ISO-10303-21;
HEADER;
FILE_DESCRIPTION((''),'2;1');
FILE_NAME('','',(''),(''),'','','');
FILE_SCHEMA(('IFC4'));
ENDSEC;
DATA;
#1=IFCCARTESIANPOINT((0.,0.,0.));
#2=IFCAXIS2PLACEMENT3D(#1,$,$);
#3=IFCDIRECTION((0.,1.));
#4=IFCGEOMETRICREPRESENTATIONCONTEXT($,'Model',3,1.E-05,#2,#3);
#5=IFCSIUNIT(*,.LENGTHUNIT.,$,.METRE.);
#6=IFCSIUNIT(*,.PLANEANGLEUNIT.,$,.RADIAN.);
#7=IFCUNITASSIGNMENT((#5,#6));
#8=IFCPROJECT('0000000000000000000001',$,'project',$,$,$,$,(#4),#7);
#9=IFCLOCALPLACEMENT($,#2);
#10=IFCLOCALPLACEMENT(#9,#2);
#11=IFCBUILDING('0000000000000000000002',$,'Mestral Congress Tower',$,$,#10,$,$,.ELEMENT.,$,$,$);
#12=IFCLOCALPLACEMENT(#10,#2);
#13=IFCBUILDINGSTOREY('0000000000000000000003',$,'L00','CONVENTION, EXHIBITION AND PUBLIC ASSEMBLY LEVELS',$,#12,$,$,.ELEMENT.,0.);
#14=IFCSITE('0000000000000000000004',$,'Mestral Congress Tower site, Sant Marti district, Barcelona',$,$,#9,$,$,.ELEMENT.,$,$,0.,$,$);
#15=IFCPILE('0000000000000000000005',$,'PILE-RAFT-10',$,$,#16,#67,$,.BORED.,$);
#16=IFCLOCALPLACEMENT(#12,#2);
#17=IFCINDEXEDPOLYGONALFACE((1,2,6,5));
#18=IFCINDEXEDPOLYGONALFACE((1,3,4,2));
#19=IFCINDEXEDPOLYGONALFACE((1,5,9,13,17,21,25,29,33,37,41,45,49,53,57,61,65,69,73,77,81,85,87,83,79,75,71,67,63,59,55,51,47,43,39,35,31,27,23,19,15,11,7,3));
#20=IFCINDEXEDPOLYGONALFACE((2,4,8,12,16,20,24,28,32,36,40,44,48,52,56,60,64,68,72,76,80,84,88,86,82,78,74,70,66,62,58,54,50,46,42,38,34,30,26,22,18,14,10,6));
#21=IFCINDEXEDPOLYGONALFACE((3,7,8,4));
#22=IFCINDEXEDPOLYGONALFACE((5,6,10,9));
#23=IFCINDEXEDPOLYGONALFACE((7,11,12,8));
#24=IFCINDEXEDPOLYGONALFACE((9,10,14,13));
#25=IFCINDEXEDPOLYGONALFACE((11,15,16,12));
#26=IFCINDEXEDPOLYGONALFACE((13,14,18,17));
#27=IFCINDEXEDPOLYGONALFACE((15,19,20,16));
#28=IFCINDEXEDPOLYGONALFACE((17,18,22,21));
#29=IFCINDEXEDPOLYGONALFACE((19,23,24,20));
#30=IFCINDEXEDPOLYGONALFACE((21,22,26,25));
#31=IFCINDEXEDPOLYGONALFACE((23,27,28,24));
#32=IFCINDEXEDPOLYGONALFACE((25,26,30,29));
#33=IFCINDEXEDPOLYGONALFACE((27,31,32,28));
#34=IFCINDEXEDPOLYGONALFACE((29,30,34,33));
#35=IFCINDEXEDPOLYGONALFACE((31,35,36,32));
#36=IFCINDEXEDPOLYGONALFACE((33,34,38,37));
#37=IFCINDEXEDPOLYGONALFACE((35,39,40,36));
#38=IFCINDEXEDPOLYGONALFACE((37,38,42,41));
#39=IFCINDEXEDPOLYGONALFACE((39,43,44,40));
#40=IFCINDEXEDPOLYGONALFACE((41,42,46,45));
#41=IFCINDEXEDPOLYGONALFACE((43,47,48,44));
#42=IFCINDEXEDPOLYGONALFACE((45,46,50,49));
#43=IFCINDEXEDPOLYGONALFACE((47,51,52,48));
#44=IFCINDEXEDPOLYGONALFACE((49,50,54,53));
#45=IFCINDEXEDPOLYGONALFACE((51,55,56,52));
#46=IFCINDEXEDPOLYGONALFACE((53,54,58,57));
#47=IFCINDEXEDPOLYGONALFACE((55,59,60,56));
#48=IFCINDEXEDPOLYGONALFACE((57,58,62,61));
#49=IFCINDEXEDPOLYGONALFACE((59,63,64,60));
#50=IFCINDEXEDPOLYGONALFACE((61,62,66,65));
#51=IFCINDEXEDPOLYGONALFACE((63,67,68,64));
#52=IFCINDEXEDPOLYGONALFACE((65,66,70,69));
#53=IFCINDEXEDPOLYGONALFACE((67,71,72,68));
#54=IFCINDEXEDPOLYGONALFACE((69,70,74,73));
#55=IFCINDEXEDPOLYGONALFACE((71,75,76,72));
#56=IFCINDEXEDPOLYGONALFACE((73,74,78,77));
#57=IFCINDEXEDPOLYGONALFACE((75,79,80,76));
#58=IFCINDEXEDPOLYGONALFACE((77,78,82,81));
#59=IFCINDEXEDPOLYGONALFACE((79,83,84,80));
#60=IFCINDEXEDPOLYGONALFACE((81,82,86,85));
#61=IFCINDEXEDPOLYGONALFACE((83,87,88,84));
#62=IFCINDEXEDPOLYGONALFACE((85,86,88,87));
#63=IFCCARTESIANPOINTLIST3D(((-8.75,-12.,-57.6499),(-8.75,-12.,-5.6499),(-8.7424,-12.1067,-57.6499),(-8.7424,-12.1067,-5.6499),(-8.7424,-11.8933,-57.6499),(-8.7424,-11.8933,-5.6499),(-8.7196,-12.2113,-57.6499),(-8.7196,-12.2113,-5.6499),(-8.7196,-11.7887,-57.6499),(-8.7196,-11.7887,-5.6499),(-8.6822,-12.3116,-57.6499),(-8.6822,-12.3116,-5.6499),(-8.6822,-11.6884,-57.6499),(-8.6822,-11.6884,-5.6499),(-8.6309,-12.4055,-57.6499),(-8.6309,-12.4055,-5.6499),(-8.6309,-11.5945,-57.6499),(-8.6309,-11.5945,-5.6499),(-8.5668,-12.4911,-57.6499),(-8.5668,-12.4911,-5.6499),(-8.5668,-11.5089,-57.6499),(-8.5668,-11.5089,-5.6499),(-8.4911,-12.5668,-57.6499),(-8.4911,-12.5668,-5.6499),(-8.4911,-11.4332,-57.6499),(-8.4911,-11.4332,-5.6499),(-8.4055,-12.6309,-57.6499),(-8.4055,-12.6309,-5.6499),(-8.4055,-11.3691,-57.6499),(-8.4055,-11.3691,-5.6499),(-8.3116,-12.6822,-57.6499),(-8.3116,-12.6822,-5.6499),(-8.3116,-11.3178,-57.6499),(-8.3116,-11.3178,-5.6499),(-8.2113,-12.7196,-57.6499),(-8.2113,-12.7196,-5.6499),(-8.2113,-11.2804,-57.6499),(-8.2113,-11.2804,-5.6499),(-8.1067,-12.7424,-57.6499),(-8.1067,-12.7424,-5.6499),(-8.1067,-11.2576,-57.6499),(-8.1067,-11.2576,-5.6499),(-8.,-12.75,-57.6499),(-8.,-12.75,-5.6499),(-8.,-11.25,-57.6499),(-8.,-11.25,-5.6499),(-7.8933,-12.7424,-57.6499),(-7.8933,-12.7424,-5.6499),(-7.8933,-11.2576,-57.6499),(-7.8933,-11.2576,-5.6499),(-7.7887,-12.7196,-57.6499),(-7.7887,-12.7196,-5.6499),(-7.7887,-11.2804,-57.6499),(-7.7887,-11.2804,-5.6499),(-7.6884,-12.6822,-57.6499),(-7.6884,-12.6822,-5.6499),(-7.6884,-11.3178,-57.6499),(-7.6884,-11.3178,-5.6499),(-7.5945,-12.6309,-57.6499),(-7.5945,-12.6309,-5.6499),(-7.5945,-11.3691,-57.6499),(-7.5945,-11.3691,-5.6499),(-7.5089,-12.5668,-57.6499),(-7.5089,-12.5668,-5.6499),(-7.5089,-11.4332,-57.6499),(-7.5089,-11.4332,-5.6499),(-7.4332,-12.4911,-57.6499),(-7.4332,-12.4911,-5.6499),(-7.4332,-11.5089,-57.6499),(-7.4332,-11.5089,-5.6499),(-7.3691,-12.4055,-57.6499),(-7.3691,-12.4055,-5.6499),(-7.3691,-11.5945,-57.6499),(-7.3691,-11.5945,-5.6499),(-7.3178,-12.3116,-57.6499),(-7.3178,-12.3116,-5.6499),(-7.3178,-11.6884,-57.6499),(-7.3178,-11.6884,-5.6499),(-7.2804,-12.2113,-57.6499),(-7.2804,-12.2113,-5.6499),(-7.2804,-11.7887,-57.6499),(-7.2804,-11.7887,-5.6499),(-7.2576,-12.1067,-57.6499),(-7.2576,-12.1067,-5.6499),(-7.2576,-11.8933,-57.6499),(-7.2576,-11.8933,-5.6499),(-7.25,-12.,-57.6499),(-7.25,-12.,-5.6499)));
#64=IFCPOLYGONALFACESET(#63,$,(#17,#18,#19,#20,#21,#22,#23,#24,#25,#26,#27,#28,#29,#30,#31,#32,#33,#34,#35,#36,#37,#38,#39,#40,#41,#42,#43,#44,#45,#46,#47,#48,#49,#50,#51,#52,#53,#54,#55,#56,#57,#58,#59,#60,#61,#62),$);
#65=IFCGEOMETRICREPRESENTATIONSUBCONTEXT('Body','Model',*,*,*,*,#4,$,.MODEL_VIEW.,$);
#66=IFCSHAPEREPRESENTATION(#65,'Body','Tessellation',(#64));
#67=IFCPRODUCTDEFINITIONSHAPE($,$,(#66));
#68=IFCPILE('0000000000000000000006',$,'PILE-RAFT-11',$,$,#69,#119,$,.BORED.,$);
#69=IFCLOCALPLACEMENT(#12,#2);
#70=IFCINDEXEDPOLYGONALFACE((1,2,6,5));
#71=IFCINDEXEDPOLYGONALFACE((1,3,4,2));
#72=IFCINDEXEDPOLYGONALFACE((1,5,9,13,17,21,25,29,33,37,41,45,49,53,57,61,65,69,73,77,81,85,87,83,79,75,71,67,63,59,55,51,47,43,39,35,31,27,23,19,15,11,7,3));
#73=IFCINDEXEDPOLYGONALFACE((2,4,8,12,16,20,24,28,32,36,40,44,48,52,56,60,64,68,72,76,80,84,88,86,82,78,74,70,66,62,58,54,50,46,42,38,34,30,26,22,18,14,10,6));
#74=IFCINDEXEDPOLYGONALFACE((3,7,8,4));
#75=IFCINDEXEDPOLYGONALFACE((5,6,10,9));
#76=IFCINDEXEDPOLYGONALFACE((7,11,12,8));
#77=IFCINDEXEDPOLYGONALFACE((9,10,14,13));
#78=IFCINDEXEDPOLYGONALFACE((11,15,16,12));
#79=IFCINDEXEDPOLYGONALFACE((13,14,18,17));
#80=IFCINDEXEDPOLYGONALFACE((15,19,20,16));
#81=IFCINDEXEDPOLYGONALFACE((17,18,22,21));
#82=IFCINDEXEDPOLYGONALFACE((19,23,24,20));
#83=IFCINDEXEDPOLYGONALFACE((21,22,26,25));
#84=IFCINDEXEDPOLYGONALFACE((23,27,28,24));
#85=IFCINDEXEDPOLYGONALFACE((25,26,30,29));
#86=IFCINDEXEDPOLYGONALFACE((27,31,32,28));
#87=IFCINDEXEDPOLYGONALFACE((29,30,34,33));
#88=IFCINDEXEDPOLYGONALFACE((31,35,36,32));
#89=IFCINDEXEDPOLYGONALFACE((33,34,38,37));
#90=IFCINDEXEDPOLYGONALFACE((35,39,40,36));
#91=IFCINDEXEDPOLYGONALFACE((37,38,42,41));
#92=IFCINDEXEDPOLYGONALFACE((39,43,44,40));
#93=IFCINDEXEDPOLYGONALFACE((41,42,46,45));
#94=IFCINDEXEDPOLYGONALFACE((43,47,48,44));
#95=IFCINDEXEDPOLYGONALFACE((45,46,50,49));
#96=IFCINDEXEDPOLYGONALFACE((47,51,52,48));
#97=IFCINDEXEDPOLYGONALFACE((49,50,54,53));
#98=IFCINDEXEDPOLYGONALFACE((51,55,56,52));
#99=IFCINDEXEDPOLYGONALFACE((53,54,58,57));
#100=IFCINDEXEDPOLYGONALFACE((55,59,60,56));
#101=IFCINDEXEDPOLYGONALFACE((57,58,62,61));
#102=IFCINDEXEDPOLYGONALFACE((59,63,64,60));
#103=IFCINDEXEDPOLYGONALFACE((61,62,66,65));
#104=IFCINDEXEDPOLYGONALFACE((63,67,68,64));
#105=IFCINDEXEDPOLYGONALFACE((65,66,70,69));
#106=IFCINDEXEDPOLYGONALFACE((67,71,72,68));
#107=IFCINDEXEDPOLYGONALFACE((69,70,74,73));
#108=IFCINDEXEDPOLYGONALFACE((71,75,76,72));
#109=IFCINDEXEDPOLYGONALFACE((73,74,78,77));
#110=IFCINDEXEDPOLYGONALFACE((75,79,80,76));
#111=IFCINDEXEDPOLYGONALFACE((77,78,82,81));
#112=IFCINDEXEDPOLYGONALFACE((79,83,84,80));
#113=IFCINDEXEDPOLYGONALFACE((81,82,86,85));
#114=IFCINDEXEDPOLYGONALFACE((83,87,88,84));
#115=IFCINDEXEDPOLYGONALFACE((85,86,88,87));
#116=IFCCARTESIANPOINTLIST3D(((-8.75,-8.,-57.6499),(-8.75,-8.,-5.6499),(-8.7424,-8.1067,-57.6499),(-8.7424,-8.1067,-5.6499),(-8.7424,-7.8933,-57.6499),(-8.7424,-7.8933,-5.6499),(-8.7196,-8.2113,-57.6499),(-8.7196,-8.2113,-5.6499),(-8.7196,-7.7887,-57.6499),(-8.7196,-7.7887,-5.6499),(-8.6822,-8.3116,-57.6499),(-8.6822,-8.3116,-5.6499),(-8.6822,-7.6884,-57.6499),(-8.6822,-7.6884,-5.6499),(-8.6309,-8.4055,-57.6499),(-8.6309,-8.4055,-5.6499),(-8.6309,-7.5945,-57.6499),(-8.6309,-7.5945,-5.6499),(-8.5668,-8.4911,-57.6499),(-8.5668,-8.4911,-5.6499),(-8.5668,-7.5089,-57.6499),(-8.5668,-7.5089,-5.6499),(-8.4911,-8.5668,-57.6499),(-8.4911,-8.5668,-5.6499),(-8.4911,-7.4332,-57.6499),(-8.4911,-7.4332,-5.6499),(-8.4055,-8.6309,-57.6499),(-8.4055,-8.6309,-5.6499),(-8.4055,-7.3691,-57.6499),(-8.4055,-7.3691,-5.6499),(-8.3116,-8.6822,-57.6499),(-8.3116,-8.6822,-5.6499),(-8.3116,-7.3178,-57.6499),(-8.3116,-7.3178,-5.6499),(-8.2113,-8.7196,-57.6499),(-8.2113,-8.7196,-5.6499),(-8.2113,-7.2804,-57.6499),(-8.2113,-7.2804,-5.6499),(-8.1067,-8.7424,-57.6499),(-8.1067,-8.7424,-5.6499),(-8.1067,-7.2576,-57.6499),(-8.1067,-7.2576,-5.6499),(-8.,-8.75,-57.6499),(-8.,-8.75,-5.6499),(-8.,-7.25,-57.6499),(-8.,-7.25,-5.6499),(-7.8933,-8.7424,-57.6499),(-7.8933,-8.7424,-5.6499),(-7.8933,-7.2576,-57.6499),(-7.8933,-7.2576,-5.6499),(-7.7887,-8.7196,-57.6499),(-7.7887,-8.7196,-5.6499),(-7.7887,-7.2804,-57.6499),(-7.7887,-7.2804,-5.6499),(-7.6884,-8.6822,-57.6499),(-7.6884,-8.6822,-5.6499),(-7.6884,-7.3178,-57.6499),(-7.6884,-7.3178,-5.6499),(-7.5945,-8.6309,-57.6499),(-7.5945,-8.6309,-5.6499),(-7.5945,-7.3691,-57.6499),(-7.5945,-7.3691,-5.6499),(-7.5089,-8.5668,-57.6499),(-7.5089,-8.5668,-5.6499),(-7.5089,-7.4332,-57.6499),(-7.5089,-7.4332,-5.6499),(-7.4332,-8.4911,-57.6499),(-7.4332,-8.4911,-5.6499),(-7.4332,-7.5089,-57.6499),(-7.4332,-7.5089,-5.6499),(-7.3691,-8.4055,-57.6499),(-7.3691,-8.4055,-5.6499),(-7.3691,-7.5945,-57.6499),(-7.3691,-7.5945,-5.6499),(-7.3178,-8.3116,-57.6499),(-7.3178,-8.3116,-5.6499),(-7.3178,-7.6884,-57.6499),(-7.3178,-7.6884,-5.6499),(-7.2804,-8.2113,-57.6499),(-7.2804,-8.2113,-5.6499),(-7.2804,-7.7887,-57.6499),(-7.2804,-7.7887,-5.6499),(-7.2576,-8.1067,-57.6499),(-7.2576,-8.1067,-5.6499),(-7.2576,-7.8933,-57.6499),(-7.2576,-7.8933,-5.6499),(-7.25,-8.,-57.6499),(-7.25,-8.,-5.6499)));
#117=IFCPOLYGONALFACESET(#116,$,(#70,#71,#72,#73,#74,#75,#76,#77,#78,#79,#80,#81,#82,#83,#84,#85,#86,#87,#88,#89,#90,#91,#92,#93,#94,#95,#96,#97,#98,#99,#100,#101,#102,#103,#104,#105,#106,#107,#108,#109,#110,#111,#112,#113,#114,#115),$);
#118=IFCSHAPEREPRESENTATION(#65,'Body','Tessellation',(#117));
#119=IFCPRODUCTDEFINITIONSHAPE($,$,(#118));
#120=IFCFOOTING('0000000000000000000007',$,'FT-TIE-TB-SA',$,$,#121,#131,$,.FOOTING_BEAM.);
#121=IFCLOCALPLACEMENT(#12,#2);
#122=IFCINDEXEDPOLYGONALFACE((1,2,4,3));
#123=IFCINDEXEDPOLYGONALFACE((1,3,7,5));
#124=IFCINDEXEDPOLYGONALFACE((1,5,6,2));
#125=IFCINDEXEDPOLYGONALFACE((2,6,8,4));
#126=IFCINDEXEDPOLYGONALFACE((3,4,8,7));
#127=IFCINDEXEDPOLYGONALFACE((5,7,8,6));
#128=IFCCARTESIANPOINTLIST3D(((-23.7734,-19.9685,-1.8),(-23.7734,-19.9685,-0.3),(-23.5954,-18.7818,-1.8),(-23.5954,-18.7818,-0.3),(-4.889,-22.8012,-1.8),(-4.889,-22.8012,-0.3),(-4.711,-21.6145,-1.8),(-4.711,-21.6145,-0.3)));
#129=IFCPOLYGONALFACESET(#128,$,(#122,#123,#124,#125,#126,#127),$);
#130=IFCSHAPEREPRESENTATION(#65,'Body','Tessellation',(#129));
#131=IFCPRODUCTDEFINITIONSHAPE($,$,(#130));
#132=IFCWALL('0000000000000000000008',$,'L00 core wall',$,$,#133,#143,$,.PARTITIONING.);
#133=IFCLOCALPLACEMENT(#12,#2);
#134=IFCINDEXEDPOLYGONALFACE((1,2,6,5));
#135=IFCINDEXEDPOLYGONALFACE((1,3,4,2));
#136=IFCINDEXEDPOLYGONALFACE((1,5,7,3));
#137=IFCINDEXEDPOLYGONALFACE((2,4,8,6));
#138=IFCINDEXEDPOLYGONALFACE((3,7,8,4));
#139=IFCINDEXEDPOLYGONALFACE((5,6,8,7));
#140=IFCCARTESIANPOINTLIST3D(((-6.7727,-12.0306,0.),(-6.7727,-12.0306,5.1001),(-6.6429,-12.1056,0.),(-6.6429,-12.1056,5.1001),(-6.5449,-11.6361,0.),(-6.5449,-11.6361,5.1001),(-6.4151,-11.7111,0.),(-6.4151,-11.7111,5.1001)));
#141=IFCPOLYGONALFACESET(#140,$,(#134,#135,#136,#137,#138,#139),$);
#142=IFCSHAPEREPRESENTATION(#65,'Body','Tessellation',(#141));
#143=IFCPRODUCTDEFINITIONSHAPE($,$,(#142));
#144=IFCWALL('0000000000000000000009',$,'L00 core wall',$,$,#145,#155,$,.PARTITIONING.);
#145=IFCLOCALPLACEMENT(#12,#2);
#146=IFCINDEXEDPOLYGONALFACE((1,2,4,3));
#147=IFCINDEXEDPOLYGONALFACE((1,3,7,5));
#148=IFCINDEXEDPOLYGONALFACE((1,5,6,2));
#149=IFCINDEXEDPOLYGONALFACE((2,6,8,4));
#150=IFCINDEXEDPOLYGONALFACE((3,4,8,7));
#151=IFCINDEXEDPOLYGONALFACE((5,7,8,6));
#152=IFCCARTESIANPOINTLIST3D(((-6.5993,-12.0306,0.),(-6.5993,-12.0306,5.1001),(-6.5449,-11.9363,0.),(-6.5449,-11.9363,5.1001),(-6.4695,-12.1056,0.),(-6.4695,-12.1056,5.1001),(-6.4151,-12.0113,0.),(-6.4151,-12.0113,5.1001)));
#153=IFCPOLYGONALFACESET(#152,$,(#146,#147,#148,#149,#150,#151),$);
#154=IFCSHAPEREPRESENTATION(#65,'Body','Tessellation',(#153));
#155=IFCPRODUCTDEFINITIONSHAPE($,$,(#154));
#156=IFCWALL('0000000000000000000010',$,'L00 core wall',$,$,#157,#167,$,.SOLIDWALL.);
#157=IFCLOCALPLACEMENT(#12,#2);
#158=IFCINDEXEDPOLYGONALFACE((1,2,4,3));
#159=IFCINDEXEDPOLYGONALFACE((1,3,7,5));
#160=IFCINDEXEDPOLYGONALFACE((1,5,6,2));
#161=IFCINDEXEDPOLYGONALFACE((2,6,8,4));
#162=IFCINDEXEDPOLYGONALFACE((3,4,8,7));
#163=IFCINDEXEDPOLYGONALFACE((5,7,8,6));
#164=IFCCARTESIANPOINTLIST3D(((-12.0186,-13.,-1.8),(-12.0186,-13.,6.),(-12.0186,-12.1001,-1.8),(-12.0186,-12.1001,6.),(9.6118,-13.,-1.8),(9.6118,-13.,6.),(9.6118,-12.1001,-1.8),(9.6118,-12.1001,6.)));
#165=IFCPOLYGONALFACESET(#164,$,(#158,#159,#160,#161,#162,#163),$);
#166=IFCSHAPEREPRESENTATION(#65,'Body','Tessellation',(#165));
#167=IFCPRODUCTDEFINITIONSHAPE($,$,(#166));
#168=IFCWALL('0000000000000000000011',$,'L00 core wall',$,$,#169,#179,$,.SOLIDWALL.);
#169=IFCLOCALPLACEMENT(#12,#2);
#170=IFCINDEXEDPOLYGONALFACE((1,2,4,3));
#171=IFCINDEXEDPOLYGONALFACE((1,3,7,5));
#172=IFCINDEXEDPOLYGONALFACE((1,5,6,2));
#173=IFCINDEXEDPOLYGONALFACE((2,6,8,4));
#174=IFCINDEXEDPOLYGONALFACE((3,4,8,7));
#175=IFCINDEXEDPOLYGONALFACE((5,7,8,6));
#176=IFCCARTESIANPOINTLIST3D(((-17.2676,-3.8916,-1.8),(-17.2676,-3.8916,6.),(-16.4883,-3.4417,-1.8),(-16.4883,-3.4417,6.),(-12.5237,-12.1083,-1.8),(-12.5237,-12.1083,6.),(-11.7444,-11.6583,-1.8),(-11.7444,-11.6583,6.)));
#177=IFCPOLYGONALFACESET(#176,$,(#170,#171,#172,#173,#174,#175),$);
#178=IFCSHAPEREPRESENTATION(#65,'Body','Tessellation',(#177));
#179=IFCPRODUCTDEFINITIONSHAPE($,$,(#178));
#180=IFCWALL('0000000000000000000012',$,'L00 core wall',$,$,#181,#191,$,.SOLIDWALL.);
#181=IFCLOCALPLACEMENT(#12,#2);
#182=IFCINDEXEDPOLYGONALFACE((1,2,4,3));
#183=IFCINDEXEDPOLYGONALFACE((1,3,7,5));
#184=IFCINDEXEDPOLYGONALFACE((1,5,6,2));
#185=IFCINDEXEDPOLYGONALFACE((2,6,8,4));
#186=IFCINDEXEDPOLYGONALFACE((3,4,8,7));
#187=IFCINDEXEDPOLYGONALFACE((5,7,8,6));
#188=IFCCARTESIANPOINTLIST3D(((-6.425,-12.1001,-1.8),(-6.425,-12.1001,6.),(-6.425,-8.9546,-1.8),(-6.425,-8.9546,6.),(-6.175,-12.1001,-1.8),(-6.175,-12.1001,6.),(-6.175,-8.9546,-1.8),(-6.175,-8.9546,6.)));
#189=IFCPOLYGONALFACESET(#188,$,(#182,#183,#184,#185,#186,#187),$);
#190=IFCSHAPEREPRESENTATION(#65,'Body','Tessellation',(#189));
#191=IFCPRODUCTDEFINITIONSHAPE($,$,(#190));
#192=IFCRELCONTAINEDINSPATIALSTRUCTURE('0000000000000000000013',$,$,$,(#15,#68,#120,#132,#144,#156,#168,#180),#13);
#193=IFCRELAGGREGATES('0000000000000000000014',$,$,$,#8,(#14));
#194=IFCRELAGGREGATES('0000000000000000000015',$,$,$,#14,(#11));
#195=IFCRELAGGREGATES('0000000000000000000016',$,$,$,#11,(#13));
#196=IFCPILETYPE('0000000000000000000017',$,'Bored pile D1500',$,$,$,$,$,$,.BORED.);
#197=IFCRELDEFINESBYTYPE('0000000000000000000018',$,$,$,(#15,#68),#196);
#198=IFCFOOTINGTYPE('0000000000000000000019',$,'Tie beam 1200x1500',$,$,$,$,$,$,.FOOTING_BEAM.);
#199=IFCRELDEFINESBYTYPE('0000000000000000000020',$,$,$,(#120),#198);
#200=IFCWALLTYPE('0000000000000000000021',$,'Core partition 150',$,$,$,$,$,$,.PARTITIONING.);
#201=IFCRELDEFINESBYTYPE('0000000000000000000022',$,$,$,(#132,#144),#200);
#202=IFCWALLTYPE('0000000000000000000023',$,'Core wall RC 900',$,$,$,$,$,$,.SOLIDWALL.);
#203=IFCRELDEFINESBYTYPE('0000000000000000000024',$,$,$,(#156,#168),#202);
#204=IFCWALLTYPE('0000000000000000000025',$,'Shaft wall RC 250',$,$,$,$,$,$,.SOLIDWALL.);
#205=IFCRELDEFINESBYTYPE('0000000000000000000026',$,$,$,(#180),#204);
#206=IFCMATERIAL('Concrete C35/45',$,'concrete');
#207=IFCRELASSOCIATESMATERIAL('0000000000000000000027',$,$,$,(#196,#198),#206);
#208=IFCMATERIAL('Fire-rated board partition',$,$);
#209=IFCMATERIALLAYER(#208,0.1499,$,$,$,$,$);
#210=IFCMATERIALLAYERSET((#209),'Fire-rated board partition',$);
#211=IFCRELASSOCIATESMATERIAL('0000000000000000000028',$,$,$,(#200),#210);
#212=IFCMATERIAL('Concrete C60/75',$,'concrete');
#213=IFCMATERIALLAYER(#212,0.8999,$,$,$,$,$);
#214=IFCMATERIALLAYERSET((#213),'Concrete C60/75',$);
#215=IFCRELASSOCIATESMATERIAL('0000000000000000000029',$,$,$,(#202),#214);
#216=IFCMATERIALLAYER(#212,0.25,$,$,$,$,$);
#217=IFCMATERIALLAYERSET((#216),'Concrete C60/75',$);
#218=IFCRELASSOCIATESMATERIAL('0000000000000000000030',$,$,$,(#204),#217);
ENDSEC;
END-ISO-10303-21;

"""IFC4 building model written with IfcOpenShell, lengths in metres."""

from ifc_helpers import new_model, si_unit, direction, frame, frame_2d, origin, origin_2d, place, context, subcontext, project, spatial, rectangle, circle, extrude, material, layer, layer_set, material_profile, profile_set, type_object, element, save


model = new_model("IFC4")

# Units and contexts
model_context = context("Model", 3, precision=1e-05, world=origin(), true_north=direction((0.0, 1.0)))
body_context = subcontext(model_context, "Body", "Model", "MODEL_VIEW")
ifc_project = project(units=[si_unit("LENGTHUNIT", "METRE"), si_unit("PLANEANGLEUNIT", "RADIAN")], contexts=[model_context])

# Site, building, storey
site_placement = place(None, origin())
site = spatial("IfcSite", under=ifc_project, at=site_placement, Name="Mestral Congress Tower site, Sant Marti district, Barcelona", CompositionType="ELEMENT", RefElevation=0.0)
building_placement = place(site_placement, origin())
building = spatial("IfcBuilding", under=site, at=building_placement, Name="Mestral Congress Tower", CompositionType="ELEMENT")
storey_placement = place(building_placement, origin())
storey = spatial("IfcBuildingStorey", under=building, at=storey_placement, Name="L00", Description="CONVENTION, EXHIBITION AND PUBLIC ASSEMBLY LEVELS", CompositionType="ELEMENT", Elevation=0.0)

# Piles
ifc_material_1 = material(Name="Concrete C35/45", Category="concrete")
ifc_material_profile = material_profile(ifc_material_1, circle(Radius=0.75, at=origin_2d()), Name="D1500")
ifc_profile_set = profile_set([ifc_material_profile], Name="Concrete C35/45")
pile_type = type_object("IfcPileType", Name="Bored pile D1500", PredefinedType="BORED", material=ifc_profile_set)
for number, where, z_axis, x_axis, name in (
    (1, (-8.0, -12.0, -5.6499), (0.0, 0.0, -1.0), (1.0, 0.0, 0.0), "PILE-RAFT-10"),
    (2, (-8.0, -8.0, -5.6499), (0.0, 0.0, -1.0), (1.0, 0.0, 0.0), "PILE-RAFT-11"),
):
    element("IfcPile", number, at=place(storey_placement, frame(where, z_axis=z_axis, x_axis=x_axis)), inside=storey, type_object=pile_type, Name=name, PredefinedType="BORED", context=body_context, shape_type="SweptSolid", body=[
        extrude(circle(Radius=0.75, at=origin_2d()), origin(), (0.0, 0.0, 1.0), 52.0),
    ])

# Footing
footing_type = type_object("IfcFootingType", Name="Tie beam 1200x1500", PredefinedType="FOOTING_BEAM", material=ifc_material_1)
footing_placement = place(storey_placement, frame((-14.2422, -20.7915, -1.8), z_axis=(0.0, 0.0, 1.0), x_axis=(0.988936, -0.148344, 0.0)))
element("IfcFooting", 3, at=footing_placement, inside=storey, type_object=footing_type, Name="FT-TIE-TB-SA", PredefinedType="FOOTING_BEAM", context=body_context, shape_type="SweptSolid", body=[
    extrude(rectangle(XDim=19.0957, YDim=1.2, at=origin_2d()), origin(), (0.0, 0.0, 1.0), 1.5),
])

# Walls
ifc_material_2 = material(Name="Fire-rated board partition")
ifc_layer_1 = layer(ifc_material_2, 0.1499)
ifc_layer_set_1 = layer_set([ifc_layer_1], Name="Fire-rated board partition")
wall_type_1 = type_object("IfcWallType", Name="Core partition 150", PredefinedType="PARTITIONING", material=ifc_layer_set_1)
wall_1_placement = place(storey_placement, frame((-6.7078, -12.0681, 0.0), z_axis=(0.0, 0.0, 1.0), x_axis=(0.500001, 0.866025, 0.0)))
element("IfcWall", 4, at=wall_1_placement, inside=storey, type_object=wall_type_1, Name="L00 core wall", PredefinedType="PARTITIONING", context=body_context, shape_type="SweptSolid", body=[
    extrude(rectangle(XDim=0.4556, YDim=0.1499, at=frame_2d((0.2278, 0.0))), origin(), (0.0, 0.0, 1.0), 5.1001),
])
wall_2_placement = place(storey_placement, frame((-6.5344, -12.0681, 0.0), z_axis=(0.0, 0.0, 1.0), x_axis=(0.50024, 0.865887, 0.0)))
element("IfcWall", 5, at=wall_2_placement, inside=storey, type_object=wall_type_1, Name="L00 core wall", PredefinedType="PARTITIONING", context=body_context, shape_type="SweptSolid", body=[
    extrude(rectangle(XDim=0.1089, YDim=0.1499, at=frame_2d((0.0544, 0.0))), origin(), (0.0, 0.0, 1.0), 5.1001),
])
ifc_material_3 = material(Name="Concrete C60/75", Category="concrete")
ifc_layer_2 = layer(ifc_material_3, 0.8999)
ifc_layer_set_2 = layer_set([ifc_layer_2], Name="Concrete C60/75")
wall_type_2 = type_object("IfcWallType", Name="Core wall RC 900", PredefinedType="SOLIDWALL", material=ifc_layer_set_2)
wall_3_placement = place(storey_placement, frame((-12.0186, -12.55, -1.8), z_axis=(0.0, 0.0, 1.0), x_axis=(1.0, 0.0, 0.0)))
element("IfcWall", 6, at=wall_3_placement, inside=storey, type_object=wall_type_2, Name="L00 core wall", PredefinedType="SOLIDWALL", context=body_context, shape_type="SweptSolid", body=[
    extrude(rectangle(XDim=21.6304, YDim=0.8999, at=frame_2d((10.8152, 0.0))), origin(), (0.0, 0.0, 1.0), 7.8),
])
wall_4_placement = place(storey_placement, frame((-12.134, -11.8833, -1.8), z_axis=(0.0, 0.0, 1.0), x_axis=(-0.500005, 0.866022, 0.0)))
element("IfcWall", 7, at=wall_4_placement, inside=storey, type_object=wall_type_2, Name="L00 core wall", PredefinedType="SOLIDWALL", context=body_context, shape_type="SweptSolid", body=[
    extrude(rectangle(XDim=9.4878, YDim=0.8999, at=frame_2d((4.7439, 0.0))), origin(), (0.0, 0.0, 1.0), 7.8),
])
ifc_layer_3 = layer(ifc_material_3, 0.25)
ifc_layer_set_3 = layer_set([ifc_layer_3], Name="Concrete C60/75")
wall_type_3 = type_object("IfcWallType", Name="Shaft wall RC 250", PredefinedType="SOLIDWALL", material=ifc_layer_set_3)
wall_5_placement = place(storey_placement, frame((-6.3, -12.1001, -1.8), z_axis=(0.0, 0.0, 1.0), x_axis=(0.0, 1.0, 0.0)))
element("IfcWall", 8, at=wall_5_placement, inside=storey, type_object=wall_type_3, Name="L00 core wall", PredefinedType="SOLIDWALL", context=body_context, shape_type="SweptSolid", body=[
    extrude(rectangle(XDim=3.1455, YDim=0.25, at=frame_2d((1.5728, 0.0))), origin(), (0.0, 0.0, 1.0), 7.8),
])

save(model, "model.ifc")
